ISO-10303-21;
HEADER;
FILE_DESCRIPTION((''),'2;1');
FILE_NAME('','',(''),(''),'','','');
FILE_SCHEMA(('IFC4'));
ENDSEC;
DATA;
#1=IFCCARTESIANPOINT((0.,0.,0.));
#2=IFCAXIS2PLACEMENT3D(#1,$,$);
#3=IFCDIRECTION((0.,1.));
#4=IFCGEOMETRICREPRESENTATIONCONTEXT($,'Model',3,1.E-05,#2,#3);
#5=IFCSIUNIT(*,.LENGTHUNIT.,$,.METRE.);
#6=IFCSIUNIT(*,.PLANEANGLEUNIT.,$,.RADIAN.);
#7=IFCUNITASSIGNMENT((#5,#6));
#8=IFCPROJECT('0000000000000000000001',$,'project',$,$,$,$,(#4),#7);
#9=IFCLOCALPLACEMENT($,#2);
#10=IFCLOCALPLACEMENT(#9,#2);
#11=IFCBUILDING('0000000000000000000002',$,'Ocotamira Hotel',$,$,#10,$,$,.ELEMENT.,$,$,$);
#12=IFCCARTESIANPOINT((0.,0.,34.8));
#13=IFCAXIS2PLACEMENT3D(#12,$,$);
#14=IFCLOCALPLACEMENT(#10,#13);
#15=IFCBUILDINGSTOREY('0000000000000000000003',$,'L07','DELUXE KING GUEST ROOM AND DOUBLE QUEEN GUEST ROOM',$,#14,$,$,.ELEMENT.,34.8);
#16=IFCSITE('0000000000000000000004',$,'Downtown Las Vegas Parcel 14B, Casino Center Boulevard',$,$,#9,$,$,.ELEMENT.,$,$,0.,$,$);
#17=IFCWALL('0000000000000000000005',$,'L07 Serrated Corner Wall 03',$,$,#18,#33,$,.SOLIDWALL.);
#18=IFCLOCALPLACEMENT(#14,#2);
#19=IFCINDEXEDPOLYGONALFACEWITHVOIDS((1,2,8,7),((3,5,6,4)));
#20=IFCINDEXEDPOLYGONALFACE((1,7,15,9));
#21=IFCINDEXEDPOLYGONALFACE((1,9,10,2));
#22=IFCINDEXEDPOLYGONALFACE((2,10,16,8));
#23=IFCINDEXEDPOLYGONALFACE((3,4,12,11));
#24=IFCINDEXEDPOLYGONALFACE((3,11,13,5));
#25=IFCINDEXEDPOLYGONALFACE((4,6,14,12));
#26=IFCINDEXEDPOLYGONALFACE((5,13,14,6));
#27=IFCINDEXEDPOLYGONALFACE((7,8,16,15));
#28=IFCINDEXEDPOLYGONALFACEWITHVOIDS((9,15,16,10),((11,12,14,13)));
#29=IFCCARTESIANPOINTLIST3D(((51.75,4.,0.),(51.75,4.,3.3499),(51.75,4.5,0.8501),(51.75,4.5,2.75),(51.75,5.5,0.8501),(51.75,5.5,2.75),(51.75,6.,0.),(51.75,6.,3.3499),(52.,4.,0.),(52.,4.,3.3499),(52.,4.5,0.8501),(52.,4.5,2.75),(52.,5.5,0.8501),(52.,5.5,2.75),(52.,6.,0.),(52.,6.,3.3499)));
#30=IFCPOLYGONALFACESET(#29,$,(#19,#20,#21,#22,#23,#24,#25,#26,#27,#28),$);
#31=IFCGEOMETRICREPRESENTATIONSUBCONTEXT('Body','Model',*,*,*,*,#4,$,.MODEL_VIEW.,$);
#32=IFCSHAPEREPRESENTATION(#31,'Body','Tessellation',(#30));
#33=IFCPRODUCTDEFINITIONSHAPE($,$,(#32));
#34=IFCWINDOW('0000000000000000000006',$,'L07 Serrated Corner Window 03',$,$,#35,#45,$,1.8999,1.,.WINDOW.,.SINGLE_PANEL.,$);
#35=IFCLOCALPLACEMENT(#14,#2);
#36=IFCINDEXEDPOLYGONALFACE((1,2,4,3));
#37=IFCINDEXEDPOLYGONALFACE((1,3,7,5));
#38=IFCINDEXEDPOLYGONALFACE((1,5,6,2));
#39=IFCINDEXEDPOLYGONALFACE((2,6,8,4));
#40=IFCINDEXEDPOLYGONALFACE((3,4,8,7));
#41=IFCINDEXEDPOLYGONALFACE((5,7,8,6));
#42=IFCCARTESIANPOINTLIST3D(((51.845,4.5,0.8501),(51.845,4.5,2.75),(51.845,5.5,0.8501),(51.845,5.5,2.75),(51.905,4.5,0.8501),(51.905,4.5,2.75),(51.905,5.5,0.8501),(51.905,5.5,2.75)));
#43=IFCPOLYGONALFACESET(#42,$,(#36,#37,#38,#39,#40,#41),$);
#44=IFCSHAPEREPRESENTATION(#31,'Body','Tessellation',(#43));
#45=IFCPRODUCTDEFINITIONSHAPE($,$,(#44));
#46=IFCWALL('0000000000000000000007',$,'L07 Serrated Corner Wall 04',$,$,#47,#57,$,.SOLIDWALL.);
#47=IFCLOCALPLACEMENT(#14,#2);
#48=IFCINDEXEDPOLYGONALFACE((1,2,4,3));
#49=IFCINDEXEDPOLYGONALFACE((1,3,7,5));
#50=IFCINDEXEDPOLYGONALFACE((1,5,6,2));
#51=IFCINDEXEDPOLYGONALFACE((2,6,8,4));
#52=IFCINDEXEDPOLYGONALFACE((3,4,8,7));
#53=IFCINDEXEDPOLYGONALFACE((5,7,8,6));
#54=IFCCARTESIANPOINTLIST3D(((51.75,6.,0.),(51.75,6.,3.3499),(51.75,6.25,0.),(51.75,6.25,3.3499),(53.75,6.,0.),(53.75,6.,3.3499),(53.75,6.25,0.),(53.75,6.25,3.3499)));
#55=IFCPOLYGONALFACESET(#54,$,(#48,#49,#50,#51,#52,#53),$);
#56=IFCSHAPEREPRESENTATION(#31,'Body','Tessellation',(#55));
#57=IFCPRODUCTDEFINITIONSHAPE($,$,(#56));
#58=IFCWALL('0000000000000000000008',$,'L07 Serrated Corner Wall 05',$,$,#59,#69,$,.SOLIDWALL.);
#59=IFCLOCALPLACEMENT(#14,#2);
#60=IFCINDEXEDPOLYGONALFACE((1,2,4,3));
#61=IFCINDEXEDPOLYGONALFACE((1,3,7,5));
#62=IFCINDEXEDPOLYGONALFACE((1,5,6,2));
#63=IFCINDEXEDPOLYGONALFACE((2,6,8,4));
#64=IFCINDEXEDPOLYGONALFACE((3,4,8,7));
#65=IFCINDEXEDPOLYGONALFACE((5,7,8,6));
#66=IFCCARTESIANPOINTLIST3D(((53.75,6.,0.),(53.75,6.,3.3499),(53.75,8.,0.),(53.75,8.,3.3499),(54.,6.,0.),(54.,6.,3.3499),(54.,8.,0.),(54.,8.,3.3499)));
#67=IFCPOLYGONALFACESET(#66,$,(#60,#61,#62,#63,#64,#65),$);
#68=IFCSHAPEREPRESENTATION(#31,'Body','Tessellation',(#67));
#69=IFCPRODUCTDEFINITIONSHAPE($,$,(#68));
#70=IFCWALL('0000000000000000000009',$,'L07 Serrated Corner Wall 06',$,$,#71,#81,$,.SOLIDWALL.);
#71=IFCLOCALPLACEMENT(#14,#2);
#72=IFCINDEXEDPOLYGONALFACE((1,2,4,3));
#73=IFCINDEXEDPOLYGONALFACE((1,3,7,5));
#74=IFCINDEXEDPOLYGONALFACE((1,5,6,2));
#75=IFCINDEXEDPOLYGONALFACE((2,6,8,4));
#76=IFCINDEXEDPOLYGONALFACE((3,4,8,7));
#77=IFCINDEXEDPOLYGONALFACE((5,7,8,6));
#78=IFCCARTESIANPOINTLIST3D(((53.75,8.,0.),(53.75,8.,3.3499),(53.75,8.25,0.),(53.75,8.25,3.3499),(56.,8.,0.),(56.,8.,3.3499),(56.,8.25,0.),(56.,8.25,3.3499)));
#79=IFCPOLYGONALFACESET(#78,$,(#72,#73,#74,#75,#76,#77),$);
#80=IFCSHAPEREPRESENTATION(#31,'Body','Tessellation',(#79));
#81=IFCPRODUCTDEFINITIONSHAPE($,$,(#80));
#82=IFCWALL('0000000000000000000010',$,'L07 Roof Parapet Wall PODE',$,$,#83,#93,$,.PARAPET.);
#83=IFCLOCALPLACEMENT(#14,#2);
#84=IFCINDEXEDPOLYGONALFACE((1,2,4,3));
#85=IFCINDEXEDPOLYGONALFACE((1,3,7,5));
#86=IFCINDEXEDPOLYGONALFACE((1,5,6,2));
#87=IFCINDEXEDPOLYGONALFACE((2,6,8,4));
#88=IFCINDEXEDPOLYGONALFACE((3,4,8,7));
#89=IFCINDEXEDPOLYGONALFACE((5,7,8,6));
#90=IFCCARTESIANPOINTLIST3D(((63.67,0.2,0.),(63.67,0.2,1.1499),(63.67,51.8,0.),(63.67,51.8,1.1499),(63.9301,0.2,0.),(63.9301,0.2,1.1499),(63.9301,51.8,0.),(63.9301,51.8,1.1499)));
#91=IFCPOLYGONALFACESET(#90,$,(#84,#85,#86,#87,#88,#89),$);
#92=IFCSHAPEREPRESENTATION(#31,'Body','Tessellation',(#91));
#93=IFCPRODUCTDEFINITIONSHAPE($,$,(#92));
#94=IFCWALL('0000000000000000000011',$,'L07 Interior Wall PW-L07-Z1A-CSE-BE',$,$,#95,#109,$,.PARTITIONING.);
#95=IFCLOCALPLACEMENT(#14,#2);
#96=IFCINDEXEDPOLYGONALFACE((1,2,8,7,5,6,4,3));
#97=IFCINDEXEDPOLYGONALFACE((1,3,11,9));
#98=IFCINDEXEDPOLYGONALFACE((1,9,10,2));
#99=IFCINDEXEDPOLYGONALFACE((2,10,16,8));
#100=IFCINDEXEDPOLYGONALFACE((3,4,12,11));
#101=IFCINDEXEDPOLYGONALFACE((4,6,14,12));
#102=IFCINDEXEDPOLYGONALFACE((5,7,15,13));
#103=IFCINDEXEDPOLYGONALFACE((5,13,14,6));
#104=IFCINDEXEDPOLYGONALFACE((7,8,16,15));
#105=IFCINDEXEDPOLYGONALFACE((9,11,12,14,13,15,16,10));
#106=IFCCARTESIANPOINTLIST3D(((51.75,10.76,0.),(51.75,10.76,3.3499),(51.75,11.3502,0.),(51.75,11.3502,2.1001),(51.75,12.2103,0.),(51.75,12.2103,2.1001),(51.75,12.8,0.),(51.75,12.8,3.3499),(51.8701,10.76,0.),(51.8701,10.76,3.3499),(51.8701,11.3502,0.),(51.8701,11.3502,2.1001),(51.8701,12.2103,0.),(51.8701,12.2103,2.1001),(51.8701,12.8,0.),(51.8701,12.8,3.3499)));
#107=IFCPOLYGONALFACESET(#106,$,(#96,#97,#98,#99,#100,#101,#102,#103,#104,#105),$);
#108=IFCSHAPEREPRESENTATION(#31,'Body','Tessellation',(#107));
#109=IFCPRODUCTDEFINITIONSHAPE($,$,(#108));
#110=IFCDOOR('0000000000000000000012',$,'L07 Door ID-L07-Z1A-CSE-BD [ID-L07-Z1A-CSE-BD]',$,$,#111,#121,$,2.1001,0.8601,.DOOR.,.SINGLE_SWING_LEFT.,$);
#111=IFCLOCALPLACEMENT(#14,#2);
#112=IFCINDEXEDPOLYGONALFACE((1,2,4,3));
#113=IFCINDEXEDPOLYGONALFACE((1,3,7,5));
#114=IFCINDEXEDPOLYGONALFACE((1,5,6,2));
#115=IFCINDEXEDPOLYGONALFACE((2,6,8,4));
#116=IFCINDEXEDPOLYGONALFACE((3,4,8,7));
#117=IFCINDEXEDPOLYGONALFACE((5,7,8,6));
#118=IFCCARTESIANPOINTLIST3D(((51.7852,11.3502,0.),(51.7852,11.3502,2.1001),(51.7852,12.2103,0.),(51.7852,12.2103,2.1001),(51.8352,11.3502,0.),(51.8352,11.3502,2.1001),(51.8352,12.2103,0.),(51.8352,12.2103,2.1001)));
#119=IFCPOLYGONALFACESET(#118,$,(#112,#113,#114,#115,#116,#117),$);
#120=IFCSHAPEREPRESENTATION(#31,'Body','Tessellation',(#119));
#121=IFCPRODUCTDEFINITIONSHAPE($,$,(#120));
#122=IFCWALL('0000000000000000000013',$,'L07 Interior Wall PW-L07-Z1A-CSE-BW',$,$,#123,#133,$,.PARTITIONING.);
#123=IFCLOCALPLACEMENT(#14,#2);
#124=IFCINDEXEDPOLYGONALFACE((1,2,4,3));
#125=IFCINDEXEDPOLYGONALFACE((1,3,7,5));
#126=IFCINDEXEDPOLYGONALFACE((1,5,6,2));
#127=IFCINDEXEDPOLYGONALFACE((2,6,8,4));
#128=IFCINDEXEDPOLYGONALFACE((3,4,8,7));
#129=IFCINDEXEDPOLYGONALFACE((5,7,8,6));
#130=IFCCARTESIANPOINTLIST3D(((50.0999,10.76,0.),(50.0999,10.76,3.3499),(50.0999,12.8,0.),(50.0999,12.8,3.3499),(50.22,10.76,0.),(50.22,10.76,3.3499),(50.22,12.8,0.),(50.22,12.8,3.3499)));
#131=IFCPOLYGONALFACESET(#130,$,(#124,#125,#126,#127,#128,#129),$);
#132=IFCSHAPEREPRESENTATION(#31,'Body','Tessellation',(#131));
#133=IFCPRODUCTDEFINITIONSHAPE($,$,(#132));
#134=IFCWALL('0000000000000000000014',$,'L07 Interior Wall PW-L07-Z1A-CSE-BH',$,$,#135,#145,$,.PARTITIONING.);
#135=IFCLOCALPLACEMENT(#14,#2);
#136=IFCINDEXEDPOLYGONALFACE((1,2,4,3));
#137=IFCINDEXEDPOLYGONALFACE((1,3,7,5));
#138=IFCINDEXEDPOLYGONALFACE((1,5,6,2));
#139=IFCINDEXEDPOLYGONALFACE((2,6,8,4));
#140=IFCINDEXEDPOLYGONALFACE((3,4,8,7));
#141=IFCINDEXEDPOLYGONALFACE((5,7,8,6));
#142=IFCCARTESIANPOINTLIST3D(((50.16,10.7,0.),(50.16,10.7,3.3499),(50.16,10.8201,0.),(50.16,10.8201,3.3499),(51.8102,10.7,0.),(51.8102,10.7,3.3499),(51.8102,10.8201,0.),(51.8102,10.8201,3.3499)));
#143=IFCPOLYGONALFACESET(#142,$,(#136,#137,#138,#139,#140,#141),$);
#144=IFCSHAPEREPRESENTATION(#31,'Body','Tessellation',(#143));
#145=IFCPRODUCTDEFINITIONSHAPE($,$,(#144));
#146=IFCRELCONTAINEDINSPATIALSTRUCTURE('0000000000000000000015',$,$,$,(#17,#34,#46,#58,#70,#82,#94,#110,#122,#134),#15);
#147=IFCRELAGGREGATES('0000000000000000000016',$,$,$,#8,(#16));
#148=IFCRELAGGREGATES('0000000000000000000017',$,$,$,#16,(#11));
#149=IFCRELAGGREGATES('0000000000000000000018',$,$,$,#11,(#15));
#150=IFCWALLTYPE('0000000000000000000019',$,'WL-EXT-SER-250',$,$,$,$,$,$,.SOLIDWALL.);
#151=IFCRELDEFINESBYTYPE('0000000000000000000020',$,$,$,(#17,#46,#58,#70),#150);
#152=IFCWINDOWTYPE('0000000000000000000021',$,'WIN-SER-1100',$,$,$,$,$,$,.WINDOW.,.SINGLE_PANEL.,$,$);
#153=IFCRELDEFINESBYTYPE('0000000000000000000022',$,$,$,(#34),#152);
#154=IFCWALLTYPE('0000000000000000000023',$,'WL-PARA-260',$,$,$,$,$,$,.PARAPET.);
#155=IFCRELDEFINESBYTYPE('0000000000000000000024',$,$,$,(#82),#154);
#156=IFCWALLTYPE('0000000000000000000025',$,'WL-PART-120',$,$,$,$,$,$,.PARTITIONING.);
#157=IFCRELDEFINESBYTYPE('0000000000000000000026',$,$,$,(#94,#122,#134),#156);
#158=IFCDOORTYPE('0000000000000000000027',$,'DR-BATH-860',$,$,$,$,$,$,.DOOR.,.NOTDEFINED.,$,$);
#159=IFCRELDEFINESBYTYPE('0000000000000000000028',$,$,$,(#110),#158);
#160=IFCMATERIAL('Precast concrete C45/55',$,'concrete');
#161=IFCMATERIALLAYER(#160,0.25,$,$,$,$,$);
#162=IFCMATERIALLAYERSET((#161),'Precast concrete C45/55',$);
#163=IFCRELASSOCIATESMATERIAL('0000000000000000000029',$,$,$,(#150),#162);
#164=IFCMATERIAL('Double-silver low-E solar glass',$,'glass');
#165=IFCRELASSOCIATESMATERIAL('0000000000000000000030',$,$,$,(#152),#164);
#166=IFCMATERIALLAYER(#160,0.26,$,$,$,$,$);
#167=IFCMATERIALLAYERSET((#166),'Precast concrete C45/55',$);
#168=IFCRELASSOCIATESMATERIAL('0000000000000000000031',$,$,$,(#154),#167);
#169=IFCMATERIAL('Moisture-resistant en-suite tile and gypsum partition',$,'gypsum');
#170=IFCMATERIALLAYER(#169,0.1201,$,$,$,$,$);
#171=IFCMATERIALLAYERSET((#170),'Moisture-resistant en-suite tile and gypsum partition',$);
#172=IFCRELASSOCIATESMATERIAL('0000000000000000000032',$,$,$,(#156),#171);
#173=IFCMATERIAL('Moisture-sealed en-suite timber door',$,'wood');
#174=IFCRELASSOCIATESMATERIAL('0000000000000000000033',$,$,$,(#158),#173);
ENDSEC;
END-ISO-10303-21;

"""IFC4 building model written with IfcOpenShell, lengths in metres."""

from ifc_helpers import new_model, si_unit, direction, frame, frame_2d, origin, place, context, subcontext, project, spatial, rectangle, extrude, source, transform, mapped, material, layer, layer_set, type_object, element, fill, save


model = new_model("IFC4")

# Units and contexts
model_context = context("Model", 3, precision=1e-05, world=origin(), true_north=direction((0.0, 1.0)))
body_context = subcontext(model_context, "Body", "Model", "MODEL_VIEW")
ifc_project = project(units=[si_unit("LENGTHUNIT", "METRE"), si_unit("PLANEANGLEUNIT", "RADIAN")], contexts=[model_context])

# Site, building, storey
site_placement = place(None, origin())
site = spatial("IfcSite", under=ifc_project, at=site_placement, Name="Downtown Las Vegas Parcel 14B, Casino Center Boulevard", CompositionType="ELEMENT", RefElevation=0.0)
building_placement = place(site_placement, origin())
building = spatial("IfcBuilding", under=site, at=building_placement, Name="Ocotamira Hotel", CompositionType="ELEMENT")
storey_placement = place(building_placement, frame((0.0, 0.0, 34.8)))
storey = spatial("IfcBuildingStorey", under=building, at=storey_placement, Name="L07", Description="DELUXE KING GUEST ROOM AND DOUBLE QUEEN GUEST ROOM", CompositionType="ELEMENT", Elevation=34.8)

# Wall, opening, window
ifc_material_1 = material(Name="Precast concrete C45/55", Category="concrete")
ifc_layer_1 = layer(ifc_material_1, 0.25)
ifc_layer_set_1 = layer_set([ifc_layer_1], Name="Precast concrete C45/55")
wall_type_1 = type_object("IfcWallType", Name="WL-EXT-SER-250", PredefinedType="SOLIDWALL", material=ifc_layer_set_1)
wall_1_placement = place(storey_placement, frame((51.875, 4.0, 0.0), z_axis=(0.0, 0.0, 1.0), x_axis=(0.0, 1.0, 0.0)))
wall_1 = element("IfcWall", 1, at=wall_1_placement, inside=storey, type_object=wall_type_1, Name="L07 Serrated Corner Wall 03", PredefinedType="SOLIDWALL", context=body_context, shape_type="SweptSolid", body=[
    extrude(rectangle(XDim=2.0, YDim=0.25, at=frame_2d((1.0, 0.0))), origin(), (0.0, 0.0, 1.0), 3.3499),
])
opening_1_placement = place(wall_1_placement, frame((0.5, 0.0, 0.8501)))
opening_1 = element("IfcOpeningElement", 2, at=opening_1_placement, cuts=wall_1, PredefinedType="OPENING", context=body_context, shape_type="SweptSolid", body=[
    extrude(rectangle(XDim=1.0, YDim=1.8999, at=frame_2d((0.5, 0.95))), frame((0.0, 0.135, 0.0), z_axis=(0.0, -1.0, 0.0), x_axis=(1.0, 0.0, 0.0)), (0.0, 0.0, 1.0), 0.27),
])
ifc_material_2 = material(Name="Double-silver low-E solar glass", Category="glass")
window_type = type_object("IfcWindowType", Name="WIN-SER-1100", PartitioningType="SINGLE_PANEL", PredefinedType="WINDOW", material=ifc_material_2)
shared_shape_1 = source(origin(), body_context, "Body", "SweptSolid", [
    extrude(rectangle(XDim=1.0, YDim=1.8999, at=frame_2d((0.5, 0.95))), frame((0.0, 0.03, 0.0), z_axis=(0.0, -1.0, 0.0), x_axis=(1.0, 0.0, 0.0)), (0.0, 0.0, 1.0), 0.0601),
])
window_placement = place(opening_1_placement, origin())
window = element("IfcWindow", 3, at=window_placement, inside=storey, type_object=window_type, Name="L07 Serrated Corner Window 03", OverallHeight=1.8999, OverallWidth=1.0, PartitioningType="SINGLE_PANEL", PredefinedType="WINDOW", context=body_context, shape_type="MappedRepresentation", body=[
    mapped(shared_shape_1, transform((0.0, 0.0, 0.0), scale=1.0)),
])
fill(opening_1, window)

# Walls
for number, where, z_axis, x_axis, name in (
    (4, (51.75, 6.125, 0.0), (0.0, 0.0, 1.0), (1.0, 0.0, 0.0), "L07 Serrated Corner Wall 04"),
    (5, (53.875, 6.0, 0.0), (0.0, 0.0, 1.0), (0.0, 1.0, 0.0), "L07 Serrated Corner Wall 05"),
):
    element("IfcWall", number, at=place(storey_placement, frame(where, z_axis=z_axis, x_axis=x_axis)), inside=storey, type_object=wall_type_1, Name=name, PredefinedType="SOLIDWALL", context=body_context, shape_type="SweptSolid", body=[
        extrude(rectangle(XDim=2.0, YDim=0.25, at=frame_2d((1.0, 0.0))), origin(), (0.0, 0.0, 1.0), 3.3499),
    ])
wall_2_placement = place(storey_placement, frame((53.75, 8.125, 0.0), z_axis=(0.0, 0.0, 1.0), x_axis=(1.0, 0.0, 0.0)))
element("IfcWall", 6, at=wall_2_placement, inside=storey, type_object=wall_type_1, Name="L07 Serrated Corner Wall 06", PredefinedType="SOLIDWALL", context=body_context, shape_type="SweptSolid", body=[
    extrude(rectangle(XDim=2.25, YDim=0.25, at=frame_2d((1.125, 0.0))), origin(), (0.0, 0.0, 1.0), 3.3499),
])

# Wall
ifc_layer_2 = layer(ifc_material_1, 0.26)
ifc_layer_set_2 = layer_set([ifc_layer_2], Name="Precast concrete C45/55")
wall_type_2 = type_object("IfcWallType", Name="WL-PARA-260", PredefinedType="PARAPET", material=ifc_layer_set_2)
wall_3_placement = place(storey_placement, frame((63.8, 0.2, 0.0), z_axis=(0.0, 0.0, 1.0), x_axis=(0.0, 1.0, 0.0)))
element("IfcWall", 7, at=wall_3_placement, inside=storey, type_object=wall_type_2, Name="L07 Roof Parapet Wall PODE", PredefinedType="PARAPET", context=body_context, shape_type="SweptSolid", body=[
    extrude(rectangle(XDim=51.6001, YDim=0.26, at=frame_2d((25.8, 0.0))), origin(), (0.0, 0.0, 1.0), 1.1499),
])

# Wall, opening, door
ifc_material_3 = material(Name="Moisture-resistant en-suite tile and gypsum partition", Category="gypsum")
ifc_layer_3 = layer(ifc_material_3, 0.1201)
ifc_layer_set_3 = layer_set([ifc_layer_3], Name="Moisture-resistant en-suite tile and gypsum partition")
wall_type_3 = type_object("IfcWallType", Name="WL-PART-120", PredefinedType="PARTITIONING", material=ifc_layer_set_3)
wall_4_placement = place(storey_placement, frame((51.8101, 10.76, 0.0), z_axis=(0.0, 0.0, 1.0), x_axis=(0.0, 1.0, 0.0)))
wall_4 = element("IfcWall", 8, at=wall_4_placement, inside=storey, type_object=wall_type_3, Name="L07 Interior Wall PW-L07-Z1A-CSE-BE", PredefinedType="PARTITIONING", context=body_context, shape_type="SweptSolid", body=[
    extrude(rectangle(XDim=2.04, YDim=0.1201, at=frame_2d((1.02, 0.0))), origin(), (0.0, 0.0, 1.0), 3.3499),
])
opening_2_placement = place(wall_4_placement, frame((0.5901, 0.0, 0.0)))
opening_2 = element("IfcOpeningElement", 9, at=opening_2_placement, cuts=wall_4, PredefinedType="OPENING", context=body_context, shape_type="SweptSolid", body=[
    extrude(rectangle(XDim=0.8601, YDim=2.1001, at=frame_2d((0.4302, 1.05))), frame((0.0, 0.0701, 0.0), z_axis=(0.0, -1.0, 0.0), x_axis=(1.0, 0.0, 0.0)), (0.0, 0.0, 1.0), 0.1401),
])
ifc_material_4 = material(Name="Moisture-sealed en-suite timber door", Category="wood")
door_type_1 = type_object("IfcDoorType", Name="DR-BATH-860", OperationType="NOTDEFINED", PredefinedType="DOOR", material=ifc_material_4)
shared_shape_2 = source(origin(), body_context, "Body", "SweptSolid", [
    extrude(rectangle(XDim=0.8601, YDim=2.1001, at=frame_2d((0.4302, 1.05))), frame((0.0, 0.0249, 0.0), z_axis=(0.0, -1.0, 0.0), x_axis=(1.0, 0.0, 0.0)), (0.0, 0.0, 1.0), 0.05),
])
door_1_placement = place(opening_2_placement, origin())
door_1 = element("IfcDoor", 10, at=door_1_placement, inside=storey, type_object=door_type_1, Name="L07 Door ID-L07-Z1A-CSE-BD [ID-L07-Z1A-CSE-BD]", OperationType="SINGLE_SWING_LEFT", OverallHeight=2.1001, OverallWidth=0.8601, PredefinedType="DOOR", context=body_context, shape_type="MappedRepresentation", body=[
    mapped(shared_shape_2, transform((0.0, 0.0, 0.0), scale=1.0)),
])
fill(opening_2, door_1)

# Walls
wall_5_placement = place(storey_placement, frame((50.1599, 10.76, 0.0), z_axis=(0.0, 0.0, 1.0), x_axis=(0.0, 1.0, 0.0)))
element("IfcWall", 11, at=wall_5_placement, inside=storey, type_object=wall_type_3, Name="L07 Interior Wall PW-L07-Z1A-CSE-BW", PredefinedType="PARTITIONING", context=body_context, shape_type="SweptSolid", body=[
    extrude(rectangle(XDim=2.04, YDim=0.1201, at=frame_2d((1.02, 0.0))), origin(), (0.0, 0.0, 1.0), 3.3499),
])
wall_6_placement = place(storey_placement, frame((50.1599, 10.76, 0.0), z_axis=(0.0, 0.0, 1.0), x_axis=(1.0, 0.0, 0.0)))
element("IfcWall", 12, at=wall_6_placement, inside=storey, type_object=wall_type_3, Name="L07 Interior Wall PW-L07-Z1A-CSE-BH", PredefinedType="PARTITIONING", context=body_context, shape_type="SweptSolid", body=[
    extrude(rectangle(XDim=1.6501, YDim=0.1201, at=frame_2d((0.8252, 0.0))), origin(), (0.0, 0.0, 1.0), 3.3499),
])

save(model, "model.ifc")
